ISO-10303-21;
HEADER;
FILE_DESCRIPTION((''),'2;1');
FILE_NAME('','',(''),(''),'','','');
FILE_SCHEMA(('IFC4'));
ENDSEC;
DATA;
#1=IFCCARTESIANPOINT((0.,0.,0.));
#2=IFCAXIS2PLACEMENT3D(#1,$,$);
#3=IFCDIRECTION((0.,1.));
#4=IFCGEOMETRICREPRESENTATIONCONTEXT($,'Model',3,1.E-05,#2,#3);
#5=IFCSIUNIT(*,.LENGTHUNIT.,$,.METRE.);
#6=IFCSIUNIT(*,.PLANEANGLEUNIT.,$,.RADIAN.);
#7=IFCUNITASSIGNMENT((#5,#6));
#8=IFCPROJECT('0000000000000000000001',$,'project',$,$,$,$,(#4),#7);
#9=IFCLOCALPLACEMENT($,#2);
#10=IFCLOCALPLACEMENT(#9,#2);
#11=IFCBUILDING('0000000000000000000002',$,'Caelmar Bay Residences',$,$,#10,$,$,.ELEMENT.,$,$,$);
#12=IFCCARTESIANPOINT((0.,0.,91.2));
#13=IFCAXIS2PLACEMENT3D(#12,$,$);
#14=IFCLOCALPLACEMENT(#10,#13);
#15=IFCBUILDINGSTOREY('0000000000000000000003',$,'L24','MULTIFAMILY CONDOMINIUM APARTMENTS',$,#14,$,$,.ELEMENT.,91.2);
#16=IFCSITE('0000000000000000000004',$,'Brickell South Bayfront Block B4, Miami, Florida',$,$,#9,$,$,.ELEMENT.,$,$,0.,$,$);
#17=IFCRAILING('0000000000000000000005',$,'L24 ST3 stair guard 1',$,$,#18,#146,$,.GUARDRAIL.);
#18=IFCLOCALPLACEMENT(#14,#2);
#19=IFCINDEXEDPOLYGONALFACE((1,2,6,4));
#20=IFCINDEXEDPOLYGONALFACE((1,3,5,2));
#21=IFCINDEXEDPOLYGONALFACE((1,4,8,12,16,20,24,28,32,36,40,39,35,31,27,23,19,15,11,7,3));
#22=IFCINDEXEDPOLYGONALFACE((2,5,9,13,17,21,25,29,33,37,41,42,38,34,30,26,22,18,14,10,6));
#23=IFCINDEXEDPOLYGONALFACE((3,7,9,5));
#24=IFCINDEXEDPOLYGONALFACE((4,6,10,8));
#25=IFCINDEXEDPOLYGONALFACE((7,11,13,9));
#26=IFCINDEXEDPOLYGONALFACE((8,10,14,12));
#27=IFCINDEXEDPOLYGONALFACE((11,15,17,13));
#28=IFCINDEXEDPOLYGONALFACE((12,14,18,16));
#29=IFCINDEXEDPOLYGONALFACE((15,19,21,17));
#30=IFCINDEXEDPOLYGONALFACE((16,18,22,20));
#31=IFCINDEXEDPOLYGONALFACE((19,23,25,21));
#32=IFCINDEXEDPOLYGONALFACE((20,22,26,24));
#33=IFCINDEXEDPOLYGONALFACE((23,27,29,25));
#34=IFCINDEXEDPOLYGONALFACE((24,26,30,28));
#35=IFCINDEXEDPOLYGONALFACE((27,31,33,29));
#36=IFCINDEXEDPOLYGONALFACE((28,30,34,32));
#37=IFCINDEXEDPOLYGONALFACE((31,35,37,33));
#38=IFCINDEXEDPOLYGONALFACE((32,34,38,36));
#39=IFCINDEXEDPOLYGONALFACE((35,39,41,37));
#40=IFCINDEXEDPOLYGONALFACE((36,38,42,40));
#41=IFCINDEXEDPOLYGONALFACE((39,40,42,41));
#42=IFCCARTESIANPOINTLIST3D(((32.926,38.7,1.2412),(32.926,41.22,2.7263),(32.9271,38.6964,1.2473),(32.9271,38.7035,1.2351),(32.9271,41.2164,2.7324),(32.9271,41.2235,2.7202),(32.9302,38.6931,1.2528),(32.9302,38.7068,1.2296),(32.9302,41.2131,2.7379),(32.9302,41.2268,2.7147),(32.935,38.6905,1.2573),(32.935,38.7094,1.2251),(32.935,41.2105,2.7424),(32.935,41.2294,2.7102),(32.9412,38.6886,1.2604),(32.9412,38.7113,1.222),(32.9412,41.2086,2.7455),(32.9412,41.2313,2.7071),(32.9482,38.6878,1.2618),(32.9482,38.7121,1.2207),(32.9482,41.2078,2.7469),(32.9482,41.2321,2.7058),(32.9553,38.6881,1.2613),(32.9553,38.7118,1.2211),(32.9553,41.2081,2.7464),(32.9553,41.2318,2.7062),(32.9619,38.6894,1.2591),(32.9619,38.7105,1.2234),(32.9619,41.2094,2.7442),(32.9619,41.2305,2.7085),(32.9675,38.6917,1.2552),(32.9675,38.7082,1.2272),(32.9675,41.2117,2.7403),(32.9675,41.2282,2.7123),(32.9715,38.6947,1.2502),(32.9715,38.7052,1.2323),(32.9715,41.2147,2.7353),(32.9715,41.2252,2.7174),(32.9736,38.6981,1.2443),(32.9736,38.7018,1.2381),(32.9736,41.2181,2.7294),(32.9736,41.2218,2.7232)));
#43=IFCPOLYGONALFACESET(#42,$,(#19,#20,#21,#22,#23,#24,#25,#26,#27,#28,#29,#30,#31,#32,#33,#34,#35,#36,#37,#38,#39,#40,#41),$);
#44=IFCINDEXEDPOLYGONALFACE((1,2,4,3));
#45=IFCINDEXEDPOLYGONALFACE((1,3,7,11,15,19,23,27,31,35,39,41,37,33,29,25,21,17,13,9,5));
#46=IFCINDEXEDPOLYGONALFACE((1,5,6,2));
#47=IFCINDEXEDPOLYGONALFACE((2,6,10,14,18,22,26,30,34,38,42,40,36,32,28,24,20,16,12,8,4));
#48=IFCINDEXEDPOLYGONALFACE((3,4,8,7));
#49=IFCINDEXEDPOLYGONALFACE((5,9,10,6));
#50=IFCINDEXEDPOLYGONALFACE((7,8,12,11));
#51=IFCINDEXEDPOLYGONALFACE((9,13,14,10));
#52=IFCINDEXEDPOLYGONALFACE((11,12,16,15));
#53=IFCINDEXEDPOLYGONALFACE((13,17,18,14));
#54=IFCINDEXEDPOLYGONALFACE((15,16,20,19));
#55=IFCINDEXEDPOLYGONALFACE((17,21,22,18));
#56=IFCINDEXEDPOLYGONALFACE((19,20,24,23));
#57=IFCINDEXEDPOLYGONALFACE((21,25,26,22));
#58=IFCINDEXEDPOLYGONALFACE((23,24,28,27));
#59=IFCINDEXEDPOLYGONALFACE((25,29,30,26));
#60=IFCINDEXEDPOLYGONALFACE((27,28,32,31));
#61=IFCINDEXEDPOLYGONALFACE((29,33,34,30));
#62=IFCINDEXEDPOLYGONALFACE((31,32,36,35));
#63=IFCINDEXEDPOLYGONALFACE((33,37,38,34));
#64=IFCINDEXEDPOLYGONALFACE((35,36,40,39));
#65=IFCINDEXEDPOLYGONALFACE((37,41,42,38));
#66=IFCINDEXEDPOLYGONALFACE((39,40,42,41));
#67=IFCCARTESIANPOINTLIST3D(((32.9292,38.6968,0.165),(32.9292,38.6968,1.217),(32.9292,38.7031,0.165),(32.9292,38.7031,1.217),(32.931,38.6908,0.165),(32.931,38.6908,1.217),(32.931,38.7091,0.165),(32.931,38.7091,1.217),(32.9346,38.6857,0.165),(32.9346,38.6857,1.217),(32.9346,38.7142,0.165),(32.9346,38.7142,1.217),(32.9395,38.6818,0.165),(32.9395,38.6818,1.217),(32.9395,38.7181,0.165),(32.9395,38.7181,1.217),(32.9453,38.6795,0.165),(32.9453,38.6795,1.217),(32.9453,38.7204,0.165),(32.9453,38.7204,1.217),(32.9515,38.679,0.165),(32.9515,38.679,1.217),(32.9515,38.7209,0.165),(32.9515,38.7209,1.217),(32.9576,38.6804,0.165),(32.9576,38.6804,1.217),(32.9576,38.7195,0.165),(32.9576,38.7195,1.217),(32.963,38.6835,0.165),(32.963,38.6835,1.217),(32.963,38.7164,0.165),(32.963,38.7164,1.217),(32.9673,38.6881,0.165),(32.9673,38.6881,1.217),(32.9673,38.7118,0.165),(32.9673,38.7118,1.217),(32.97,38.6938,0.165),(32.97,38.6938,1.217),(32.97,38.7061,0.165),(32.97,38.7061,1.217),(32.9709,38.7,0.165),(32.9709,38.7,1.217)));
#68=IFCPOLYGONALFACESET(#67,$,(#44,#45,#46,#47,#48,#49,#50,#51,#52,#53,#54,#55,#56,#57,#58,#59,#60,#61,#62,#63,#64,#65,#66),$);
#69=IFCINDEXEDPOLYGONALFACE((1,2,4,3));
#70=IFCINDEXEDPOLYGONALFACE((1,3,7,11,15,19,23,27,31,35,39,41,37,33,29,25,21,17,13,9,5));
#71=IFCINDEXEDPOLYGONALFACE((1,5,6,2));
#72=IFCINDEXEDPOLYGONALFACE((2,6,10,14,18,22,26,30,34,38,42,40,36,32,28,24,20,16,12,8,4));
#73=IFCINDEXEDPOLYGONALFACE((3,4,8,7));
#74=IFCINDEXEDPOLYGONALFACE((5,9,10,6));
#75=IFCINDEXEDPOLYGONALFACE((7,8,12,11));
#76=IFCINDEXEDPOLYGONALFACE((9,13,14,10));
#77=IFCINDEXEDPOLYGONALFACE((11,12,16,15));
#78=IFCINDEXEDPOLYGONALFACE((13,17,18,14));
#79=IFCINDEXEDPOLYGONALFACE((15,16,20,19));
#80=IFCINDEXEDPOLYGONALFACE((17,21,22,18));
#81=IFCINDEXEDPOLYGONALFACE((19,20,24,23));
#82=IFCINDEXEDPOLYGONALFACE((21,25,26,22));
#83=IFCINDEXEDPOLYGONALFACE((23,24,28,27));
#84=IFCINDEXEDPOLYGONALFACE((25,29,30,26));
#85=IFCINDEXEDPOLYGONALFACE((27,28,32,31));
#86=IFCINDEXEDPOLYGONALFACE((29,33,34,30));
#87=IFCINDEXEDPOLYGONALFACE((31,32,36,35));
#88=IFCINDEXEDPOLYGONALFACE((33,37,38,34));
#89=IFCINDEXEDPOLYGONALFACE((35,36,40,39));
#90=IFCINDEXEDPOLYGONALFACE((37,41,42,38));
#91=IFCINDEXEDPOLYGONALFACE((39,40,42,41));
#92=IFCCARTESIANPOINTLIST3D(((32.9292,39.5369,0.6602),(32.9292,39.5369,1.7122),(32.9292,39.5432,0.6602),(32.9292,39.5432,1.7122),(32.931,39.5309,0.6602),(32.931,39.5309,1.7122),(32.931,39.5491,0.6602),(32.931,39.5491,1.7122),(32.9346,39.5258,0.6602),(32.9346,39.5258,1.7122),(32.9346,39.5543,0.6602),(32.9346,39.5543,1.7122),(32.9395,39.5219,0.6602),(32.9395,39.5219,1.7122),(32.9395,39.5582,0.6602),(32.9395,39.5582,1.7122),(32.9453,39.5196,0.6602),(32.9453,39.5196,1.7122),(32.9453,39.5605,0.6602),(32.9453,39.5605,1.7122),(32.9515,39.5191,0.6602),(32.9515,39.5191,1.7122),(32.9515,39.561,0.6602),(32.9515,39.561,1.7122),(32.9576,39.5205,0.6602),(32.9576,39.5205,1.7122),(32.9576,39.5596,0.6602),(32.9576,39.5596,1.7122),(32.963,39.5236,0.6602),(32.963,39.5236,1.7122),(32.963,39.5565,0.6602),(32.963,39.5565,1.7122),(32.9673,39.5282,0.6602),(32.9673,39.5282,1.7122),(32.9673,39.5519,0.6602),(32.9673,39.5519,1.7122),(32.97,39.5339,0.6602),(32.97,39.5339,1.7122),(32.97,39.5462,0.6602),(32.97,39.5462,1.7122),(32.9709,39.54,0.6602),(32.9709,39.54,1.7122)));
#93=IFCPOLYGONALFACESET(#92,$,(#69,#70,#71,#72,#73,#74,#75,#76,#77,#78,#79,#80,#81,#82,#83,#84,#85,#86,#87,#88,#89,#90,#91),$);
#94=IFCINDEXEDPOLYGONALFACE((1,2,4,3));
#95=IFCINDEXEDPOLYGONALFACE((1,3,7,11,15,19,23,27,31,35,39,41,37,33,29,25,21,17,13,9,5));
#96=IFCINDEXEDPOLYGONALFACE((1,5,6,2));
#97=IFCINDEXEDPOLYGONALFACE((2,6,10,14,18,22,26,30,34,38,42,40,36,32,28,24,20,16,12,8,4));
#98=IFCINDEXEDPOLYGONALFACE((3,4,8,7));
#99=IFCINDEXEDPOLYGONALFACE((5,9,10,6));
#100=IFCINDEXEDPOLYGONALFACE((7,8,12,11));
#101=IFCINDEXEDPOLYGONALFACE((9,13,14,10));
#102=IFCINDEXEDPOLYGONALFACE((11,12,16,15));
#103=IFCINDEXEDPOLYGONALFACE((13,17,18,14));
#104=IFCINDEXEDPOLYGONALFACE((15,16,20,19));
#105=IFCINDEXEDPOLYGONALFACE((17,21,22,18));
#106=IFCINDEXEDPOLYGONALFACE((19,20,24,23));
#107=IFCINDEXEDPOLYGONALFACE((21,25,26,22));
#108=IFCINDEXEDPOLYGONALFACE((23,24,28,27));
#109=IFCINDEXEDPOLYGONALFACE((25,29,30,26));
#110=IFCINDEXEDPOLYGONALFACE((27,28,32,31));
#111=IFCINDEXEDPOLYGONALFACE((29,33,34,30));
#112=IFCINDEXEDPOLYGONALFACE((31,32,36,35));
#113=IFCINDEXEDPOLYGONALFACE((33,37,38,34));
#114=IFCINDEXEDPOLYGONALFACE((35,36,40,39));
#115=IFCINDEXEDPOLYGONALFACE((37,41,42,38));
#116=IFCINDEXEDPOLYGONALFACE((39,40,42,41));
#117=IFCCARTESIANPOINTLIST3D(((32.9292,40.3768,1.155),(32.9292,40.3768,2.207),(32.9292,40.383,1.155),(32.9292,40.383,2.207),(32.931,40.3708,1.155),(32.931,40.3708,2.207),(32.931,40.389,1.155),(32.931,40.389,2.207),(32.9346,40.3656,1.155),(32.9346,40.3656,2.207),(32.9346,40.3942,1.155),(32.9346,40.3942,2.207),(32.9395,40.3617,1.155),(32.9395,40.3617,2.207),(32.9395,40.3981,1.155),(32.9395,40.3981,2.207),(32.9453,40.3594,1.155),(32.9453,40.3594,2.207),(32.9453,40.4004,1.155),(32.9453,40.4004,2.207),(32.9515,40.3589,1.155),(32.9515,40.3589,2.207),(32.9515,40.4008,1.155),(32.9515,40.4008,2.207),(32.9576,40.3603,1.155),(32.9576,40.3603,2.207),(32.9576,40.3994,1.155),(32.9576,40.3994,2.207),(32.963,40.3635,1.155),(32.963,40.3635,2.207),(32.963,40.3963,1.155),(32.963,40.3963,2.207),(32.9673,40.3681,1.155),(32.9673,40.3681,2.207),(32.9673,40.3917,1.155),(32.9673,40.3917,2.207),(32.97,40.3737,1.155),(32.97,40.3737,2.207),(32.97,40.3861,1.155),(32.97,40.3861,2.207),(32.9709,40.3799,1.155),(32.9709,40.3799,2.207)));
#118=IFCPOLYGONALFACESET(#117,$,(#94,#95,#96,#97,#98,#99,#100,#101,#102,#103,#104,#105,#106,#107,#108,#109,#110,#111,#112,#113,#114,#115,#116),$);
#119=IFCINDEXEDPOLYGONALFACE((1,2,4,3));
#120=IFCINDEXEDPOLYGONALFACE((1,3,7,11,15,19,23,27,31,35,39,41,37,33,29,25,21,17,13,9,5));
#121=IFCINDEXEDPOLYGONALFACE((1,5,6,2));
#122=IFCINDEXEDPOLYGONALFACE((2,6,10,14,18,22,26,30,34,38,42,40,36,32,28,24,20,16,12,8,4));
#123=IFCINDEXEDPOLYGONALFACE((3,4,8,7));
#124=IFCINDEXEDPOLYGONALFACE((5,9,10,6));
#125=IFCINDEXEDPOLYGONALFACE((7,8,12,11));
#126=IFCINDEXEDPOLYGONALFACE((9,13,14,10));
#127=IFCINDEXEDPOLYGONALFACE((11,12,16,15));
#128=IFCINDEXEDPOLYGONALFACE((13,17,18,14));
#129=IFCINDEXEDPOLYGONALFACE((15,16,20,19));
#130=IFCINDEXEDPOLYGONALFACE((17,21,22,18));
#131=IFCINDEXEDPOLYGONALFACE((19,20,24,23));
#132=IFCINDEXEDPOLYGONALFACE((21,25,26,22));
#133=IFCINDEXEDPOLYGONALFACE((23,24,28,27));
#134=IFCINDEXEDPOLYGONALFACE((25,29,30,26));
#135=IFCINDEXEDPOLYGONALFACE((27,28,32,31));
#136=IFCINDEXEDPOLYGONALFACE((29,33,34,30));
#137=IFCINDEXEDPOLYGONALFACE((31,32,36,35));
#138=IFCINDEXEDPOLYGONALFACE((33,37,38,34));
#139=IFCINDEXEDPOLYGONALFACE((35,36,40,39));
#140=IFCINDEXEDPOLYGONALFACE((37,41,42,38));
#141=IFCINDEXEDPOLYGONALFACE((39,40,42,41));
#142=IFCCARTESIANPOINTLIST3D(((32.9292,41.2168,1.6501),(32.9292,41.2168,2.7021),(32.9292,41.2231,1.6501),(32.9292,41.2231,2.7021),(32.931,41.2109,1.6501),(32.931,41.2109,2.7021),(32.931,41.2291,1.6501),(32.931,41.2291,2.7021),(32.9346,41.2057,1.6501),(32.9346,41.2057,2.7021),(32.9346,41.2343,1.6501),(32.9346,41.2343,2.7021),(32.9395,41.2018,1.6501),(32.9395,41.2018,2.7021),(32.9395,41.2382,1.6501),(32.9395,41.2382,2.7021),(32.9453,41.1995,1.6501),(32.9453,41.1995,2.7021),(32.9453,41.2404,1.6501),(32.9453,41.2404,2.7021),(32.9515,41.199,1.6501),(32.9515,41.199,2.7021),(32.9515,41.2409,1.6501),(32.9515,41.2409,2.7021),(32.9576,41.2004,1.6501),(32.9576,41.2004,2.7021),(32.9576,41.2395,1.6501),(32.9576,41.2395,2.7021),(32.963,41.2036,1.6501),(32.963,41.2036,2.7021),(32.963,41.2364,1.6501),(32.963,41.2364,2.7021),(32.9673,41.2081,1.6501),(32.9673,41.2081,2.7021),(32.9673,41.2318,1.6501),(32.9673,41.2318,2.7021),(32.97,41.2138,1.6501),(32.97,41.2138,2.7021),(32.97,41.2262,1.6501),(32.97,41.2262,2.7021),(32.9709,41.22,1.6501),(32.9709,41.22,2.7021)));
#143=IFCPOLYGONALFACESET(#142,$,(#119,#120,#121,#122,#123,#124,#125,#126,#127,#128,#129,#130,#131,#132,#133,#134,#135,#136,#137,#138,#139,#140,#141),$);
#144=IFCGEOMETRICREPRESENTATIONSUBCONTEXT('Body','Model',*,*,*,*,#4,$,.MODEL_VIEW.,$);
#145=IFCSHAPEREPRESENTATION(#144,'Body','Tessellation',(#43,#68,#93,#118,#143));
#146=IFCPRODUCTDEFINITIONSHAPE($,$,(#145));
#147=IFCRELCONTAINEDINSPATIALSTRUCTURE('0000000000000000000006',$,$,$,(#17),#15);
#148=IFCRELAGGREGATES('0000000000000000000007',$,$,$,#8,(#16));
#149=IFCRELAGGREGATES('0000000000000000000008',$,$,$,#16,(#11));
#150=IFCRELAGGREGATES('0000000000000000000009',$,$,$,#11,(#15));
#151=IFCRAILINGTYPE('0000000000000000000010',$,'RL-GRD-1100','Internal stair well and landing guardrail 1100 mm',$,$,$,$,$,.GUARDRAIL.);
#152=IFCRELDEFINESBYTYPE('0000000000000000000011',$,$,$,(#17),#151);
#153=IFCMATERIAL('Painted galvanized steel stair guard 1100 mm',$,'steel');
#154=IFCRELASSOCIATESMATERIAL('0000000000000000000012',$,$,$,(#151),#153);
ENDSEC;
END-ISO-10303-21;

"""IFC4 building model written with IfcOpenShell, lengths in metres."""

from ifc_helpers import new_model, si_unit, direction, frame, origin, origin_2d, place, context, subcontext, project, spatial, circle, extrude, material, type_object, element, save


model = new_model("IFC4")

# Units and contexts
model_context = context("Model", 3, precision=1e-05, world=origin(), true_north=direction((0.0, 1.0)))
body_context = subcontext(model_context, "Body", "Model", "MODEL_VIEW")
ifc_project = project(units=[si_unit("LENGTHUNIT", "METRE"), si_unit("PLANEANGLEUNIT", "RADIAN")], contexts=[model_context])

# Site, building, storey
site_placement = place(None, origin())
site = spatial("IfcSite", under=ifc_project, at=site_placement, Name="Brickell South Bayfront Block B4, Miami, Florida", CompositionType="ELEMENT", RefElevation=0.0)
building_placement = place(site_placement, origin())
building = spatial("IfcBuilding", under=site, at=building_placement, Name="Caelmar Bay Residences", CompositionType="ELEMENT")
storey_placement = place(building_placement, frame((0.0, 0.0, 91.2)))
storey = spatial("IfcBuildingStorey", under=building, at=storey_placement, Name="L24", Description="MULTIFAMILY CONDOMINIUM APARTMENTS", CompositionType="ELEMENT", Elevation=91.2)

# Railing
ifc_material_1 = material(Name="Painted galvanized steel stair guard 1100 mm", Category="steel")
railing_type_1 = type_object("IfcRailingType", Name="RL-GRD-1100", Description="Internal stair well and landing guardrail 1100 mm", PredefinedType="GUARDRAIL", material=ifc_material_1)
railing_1_placement = place(storey_placement, frame((32.95, 38.7, 0.165)))
element("IfcRailing", 1, at=railing_1_placement, inside=storey, type_object=railing_type_1, Name="L24 ST3 stair guard 1", PredefinedType="GUARDRAIL", context=body_context, shape_type="SweptSolid", body=[
    extrude(circle(Radius=0.0239, at=origin_2d()), frame((0.0, 0.0, 1.0762), z_axis=(0.0, 0.861524, 0.507717), x_axis=(-1.0, 0.0, 0.0)), (0.0, 0.0, 1.0), 2.925),
    extrude(circle(Radius=0.021, at=origin_2d()), origin(), (0.0, 0.0, 1.0), 1.052),
    extrude(circle(Radius=0.021, at=origin_2d()), frame((0.0, 0.8401, 0.4951)), (0.0, 0.0, 1.0), 1.052),
    extrude(circle(Radius=0.021, at=origin_2d()), frame((0.0, 1.6799, 0.99)), (0.0, 0.0, 1.0), 1.052),
    extrude(circle(Radius=0.021, at=origin_2d()), frame((0.0, 2.52, 1.4851)), (0.0, 0.0, 1.0), 1.052),
])

save(model, "model.ifc")
